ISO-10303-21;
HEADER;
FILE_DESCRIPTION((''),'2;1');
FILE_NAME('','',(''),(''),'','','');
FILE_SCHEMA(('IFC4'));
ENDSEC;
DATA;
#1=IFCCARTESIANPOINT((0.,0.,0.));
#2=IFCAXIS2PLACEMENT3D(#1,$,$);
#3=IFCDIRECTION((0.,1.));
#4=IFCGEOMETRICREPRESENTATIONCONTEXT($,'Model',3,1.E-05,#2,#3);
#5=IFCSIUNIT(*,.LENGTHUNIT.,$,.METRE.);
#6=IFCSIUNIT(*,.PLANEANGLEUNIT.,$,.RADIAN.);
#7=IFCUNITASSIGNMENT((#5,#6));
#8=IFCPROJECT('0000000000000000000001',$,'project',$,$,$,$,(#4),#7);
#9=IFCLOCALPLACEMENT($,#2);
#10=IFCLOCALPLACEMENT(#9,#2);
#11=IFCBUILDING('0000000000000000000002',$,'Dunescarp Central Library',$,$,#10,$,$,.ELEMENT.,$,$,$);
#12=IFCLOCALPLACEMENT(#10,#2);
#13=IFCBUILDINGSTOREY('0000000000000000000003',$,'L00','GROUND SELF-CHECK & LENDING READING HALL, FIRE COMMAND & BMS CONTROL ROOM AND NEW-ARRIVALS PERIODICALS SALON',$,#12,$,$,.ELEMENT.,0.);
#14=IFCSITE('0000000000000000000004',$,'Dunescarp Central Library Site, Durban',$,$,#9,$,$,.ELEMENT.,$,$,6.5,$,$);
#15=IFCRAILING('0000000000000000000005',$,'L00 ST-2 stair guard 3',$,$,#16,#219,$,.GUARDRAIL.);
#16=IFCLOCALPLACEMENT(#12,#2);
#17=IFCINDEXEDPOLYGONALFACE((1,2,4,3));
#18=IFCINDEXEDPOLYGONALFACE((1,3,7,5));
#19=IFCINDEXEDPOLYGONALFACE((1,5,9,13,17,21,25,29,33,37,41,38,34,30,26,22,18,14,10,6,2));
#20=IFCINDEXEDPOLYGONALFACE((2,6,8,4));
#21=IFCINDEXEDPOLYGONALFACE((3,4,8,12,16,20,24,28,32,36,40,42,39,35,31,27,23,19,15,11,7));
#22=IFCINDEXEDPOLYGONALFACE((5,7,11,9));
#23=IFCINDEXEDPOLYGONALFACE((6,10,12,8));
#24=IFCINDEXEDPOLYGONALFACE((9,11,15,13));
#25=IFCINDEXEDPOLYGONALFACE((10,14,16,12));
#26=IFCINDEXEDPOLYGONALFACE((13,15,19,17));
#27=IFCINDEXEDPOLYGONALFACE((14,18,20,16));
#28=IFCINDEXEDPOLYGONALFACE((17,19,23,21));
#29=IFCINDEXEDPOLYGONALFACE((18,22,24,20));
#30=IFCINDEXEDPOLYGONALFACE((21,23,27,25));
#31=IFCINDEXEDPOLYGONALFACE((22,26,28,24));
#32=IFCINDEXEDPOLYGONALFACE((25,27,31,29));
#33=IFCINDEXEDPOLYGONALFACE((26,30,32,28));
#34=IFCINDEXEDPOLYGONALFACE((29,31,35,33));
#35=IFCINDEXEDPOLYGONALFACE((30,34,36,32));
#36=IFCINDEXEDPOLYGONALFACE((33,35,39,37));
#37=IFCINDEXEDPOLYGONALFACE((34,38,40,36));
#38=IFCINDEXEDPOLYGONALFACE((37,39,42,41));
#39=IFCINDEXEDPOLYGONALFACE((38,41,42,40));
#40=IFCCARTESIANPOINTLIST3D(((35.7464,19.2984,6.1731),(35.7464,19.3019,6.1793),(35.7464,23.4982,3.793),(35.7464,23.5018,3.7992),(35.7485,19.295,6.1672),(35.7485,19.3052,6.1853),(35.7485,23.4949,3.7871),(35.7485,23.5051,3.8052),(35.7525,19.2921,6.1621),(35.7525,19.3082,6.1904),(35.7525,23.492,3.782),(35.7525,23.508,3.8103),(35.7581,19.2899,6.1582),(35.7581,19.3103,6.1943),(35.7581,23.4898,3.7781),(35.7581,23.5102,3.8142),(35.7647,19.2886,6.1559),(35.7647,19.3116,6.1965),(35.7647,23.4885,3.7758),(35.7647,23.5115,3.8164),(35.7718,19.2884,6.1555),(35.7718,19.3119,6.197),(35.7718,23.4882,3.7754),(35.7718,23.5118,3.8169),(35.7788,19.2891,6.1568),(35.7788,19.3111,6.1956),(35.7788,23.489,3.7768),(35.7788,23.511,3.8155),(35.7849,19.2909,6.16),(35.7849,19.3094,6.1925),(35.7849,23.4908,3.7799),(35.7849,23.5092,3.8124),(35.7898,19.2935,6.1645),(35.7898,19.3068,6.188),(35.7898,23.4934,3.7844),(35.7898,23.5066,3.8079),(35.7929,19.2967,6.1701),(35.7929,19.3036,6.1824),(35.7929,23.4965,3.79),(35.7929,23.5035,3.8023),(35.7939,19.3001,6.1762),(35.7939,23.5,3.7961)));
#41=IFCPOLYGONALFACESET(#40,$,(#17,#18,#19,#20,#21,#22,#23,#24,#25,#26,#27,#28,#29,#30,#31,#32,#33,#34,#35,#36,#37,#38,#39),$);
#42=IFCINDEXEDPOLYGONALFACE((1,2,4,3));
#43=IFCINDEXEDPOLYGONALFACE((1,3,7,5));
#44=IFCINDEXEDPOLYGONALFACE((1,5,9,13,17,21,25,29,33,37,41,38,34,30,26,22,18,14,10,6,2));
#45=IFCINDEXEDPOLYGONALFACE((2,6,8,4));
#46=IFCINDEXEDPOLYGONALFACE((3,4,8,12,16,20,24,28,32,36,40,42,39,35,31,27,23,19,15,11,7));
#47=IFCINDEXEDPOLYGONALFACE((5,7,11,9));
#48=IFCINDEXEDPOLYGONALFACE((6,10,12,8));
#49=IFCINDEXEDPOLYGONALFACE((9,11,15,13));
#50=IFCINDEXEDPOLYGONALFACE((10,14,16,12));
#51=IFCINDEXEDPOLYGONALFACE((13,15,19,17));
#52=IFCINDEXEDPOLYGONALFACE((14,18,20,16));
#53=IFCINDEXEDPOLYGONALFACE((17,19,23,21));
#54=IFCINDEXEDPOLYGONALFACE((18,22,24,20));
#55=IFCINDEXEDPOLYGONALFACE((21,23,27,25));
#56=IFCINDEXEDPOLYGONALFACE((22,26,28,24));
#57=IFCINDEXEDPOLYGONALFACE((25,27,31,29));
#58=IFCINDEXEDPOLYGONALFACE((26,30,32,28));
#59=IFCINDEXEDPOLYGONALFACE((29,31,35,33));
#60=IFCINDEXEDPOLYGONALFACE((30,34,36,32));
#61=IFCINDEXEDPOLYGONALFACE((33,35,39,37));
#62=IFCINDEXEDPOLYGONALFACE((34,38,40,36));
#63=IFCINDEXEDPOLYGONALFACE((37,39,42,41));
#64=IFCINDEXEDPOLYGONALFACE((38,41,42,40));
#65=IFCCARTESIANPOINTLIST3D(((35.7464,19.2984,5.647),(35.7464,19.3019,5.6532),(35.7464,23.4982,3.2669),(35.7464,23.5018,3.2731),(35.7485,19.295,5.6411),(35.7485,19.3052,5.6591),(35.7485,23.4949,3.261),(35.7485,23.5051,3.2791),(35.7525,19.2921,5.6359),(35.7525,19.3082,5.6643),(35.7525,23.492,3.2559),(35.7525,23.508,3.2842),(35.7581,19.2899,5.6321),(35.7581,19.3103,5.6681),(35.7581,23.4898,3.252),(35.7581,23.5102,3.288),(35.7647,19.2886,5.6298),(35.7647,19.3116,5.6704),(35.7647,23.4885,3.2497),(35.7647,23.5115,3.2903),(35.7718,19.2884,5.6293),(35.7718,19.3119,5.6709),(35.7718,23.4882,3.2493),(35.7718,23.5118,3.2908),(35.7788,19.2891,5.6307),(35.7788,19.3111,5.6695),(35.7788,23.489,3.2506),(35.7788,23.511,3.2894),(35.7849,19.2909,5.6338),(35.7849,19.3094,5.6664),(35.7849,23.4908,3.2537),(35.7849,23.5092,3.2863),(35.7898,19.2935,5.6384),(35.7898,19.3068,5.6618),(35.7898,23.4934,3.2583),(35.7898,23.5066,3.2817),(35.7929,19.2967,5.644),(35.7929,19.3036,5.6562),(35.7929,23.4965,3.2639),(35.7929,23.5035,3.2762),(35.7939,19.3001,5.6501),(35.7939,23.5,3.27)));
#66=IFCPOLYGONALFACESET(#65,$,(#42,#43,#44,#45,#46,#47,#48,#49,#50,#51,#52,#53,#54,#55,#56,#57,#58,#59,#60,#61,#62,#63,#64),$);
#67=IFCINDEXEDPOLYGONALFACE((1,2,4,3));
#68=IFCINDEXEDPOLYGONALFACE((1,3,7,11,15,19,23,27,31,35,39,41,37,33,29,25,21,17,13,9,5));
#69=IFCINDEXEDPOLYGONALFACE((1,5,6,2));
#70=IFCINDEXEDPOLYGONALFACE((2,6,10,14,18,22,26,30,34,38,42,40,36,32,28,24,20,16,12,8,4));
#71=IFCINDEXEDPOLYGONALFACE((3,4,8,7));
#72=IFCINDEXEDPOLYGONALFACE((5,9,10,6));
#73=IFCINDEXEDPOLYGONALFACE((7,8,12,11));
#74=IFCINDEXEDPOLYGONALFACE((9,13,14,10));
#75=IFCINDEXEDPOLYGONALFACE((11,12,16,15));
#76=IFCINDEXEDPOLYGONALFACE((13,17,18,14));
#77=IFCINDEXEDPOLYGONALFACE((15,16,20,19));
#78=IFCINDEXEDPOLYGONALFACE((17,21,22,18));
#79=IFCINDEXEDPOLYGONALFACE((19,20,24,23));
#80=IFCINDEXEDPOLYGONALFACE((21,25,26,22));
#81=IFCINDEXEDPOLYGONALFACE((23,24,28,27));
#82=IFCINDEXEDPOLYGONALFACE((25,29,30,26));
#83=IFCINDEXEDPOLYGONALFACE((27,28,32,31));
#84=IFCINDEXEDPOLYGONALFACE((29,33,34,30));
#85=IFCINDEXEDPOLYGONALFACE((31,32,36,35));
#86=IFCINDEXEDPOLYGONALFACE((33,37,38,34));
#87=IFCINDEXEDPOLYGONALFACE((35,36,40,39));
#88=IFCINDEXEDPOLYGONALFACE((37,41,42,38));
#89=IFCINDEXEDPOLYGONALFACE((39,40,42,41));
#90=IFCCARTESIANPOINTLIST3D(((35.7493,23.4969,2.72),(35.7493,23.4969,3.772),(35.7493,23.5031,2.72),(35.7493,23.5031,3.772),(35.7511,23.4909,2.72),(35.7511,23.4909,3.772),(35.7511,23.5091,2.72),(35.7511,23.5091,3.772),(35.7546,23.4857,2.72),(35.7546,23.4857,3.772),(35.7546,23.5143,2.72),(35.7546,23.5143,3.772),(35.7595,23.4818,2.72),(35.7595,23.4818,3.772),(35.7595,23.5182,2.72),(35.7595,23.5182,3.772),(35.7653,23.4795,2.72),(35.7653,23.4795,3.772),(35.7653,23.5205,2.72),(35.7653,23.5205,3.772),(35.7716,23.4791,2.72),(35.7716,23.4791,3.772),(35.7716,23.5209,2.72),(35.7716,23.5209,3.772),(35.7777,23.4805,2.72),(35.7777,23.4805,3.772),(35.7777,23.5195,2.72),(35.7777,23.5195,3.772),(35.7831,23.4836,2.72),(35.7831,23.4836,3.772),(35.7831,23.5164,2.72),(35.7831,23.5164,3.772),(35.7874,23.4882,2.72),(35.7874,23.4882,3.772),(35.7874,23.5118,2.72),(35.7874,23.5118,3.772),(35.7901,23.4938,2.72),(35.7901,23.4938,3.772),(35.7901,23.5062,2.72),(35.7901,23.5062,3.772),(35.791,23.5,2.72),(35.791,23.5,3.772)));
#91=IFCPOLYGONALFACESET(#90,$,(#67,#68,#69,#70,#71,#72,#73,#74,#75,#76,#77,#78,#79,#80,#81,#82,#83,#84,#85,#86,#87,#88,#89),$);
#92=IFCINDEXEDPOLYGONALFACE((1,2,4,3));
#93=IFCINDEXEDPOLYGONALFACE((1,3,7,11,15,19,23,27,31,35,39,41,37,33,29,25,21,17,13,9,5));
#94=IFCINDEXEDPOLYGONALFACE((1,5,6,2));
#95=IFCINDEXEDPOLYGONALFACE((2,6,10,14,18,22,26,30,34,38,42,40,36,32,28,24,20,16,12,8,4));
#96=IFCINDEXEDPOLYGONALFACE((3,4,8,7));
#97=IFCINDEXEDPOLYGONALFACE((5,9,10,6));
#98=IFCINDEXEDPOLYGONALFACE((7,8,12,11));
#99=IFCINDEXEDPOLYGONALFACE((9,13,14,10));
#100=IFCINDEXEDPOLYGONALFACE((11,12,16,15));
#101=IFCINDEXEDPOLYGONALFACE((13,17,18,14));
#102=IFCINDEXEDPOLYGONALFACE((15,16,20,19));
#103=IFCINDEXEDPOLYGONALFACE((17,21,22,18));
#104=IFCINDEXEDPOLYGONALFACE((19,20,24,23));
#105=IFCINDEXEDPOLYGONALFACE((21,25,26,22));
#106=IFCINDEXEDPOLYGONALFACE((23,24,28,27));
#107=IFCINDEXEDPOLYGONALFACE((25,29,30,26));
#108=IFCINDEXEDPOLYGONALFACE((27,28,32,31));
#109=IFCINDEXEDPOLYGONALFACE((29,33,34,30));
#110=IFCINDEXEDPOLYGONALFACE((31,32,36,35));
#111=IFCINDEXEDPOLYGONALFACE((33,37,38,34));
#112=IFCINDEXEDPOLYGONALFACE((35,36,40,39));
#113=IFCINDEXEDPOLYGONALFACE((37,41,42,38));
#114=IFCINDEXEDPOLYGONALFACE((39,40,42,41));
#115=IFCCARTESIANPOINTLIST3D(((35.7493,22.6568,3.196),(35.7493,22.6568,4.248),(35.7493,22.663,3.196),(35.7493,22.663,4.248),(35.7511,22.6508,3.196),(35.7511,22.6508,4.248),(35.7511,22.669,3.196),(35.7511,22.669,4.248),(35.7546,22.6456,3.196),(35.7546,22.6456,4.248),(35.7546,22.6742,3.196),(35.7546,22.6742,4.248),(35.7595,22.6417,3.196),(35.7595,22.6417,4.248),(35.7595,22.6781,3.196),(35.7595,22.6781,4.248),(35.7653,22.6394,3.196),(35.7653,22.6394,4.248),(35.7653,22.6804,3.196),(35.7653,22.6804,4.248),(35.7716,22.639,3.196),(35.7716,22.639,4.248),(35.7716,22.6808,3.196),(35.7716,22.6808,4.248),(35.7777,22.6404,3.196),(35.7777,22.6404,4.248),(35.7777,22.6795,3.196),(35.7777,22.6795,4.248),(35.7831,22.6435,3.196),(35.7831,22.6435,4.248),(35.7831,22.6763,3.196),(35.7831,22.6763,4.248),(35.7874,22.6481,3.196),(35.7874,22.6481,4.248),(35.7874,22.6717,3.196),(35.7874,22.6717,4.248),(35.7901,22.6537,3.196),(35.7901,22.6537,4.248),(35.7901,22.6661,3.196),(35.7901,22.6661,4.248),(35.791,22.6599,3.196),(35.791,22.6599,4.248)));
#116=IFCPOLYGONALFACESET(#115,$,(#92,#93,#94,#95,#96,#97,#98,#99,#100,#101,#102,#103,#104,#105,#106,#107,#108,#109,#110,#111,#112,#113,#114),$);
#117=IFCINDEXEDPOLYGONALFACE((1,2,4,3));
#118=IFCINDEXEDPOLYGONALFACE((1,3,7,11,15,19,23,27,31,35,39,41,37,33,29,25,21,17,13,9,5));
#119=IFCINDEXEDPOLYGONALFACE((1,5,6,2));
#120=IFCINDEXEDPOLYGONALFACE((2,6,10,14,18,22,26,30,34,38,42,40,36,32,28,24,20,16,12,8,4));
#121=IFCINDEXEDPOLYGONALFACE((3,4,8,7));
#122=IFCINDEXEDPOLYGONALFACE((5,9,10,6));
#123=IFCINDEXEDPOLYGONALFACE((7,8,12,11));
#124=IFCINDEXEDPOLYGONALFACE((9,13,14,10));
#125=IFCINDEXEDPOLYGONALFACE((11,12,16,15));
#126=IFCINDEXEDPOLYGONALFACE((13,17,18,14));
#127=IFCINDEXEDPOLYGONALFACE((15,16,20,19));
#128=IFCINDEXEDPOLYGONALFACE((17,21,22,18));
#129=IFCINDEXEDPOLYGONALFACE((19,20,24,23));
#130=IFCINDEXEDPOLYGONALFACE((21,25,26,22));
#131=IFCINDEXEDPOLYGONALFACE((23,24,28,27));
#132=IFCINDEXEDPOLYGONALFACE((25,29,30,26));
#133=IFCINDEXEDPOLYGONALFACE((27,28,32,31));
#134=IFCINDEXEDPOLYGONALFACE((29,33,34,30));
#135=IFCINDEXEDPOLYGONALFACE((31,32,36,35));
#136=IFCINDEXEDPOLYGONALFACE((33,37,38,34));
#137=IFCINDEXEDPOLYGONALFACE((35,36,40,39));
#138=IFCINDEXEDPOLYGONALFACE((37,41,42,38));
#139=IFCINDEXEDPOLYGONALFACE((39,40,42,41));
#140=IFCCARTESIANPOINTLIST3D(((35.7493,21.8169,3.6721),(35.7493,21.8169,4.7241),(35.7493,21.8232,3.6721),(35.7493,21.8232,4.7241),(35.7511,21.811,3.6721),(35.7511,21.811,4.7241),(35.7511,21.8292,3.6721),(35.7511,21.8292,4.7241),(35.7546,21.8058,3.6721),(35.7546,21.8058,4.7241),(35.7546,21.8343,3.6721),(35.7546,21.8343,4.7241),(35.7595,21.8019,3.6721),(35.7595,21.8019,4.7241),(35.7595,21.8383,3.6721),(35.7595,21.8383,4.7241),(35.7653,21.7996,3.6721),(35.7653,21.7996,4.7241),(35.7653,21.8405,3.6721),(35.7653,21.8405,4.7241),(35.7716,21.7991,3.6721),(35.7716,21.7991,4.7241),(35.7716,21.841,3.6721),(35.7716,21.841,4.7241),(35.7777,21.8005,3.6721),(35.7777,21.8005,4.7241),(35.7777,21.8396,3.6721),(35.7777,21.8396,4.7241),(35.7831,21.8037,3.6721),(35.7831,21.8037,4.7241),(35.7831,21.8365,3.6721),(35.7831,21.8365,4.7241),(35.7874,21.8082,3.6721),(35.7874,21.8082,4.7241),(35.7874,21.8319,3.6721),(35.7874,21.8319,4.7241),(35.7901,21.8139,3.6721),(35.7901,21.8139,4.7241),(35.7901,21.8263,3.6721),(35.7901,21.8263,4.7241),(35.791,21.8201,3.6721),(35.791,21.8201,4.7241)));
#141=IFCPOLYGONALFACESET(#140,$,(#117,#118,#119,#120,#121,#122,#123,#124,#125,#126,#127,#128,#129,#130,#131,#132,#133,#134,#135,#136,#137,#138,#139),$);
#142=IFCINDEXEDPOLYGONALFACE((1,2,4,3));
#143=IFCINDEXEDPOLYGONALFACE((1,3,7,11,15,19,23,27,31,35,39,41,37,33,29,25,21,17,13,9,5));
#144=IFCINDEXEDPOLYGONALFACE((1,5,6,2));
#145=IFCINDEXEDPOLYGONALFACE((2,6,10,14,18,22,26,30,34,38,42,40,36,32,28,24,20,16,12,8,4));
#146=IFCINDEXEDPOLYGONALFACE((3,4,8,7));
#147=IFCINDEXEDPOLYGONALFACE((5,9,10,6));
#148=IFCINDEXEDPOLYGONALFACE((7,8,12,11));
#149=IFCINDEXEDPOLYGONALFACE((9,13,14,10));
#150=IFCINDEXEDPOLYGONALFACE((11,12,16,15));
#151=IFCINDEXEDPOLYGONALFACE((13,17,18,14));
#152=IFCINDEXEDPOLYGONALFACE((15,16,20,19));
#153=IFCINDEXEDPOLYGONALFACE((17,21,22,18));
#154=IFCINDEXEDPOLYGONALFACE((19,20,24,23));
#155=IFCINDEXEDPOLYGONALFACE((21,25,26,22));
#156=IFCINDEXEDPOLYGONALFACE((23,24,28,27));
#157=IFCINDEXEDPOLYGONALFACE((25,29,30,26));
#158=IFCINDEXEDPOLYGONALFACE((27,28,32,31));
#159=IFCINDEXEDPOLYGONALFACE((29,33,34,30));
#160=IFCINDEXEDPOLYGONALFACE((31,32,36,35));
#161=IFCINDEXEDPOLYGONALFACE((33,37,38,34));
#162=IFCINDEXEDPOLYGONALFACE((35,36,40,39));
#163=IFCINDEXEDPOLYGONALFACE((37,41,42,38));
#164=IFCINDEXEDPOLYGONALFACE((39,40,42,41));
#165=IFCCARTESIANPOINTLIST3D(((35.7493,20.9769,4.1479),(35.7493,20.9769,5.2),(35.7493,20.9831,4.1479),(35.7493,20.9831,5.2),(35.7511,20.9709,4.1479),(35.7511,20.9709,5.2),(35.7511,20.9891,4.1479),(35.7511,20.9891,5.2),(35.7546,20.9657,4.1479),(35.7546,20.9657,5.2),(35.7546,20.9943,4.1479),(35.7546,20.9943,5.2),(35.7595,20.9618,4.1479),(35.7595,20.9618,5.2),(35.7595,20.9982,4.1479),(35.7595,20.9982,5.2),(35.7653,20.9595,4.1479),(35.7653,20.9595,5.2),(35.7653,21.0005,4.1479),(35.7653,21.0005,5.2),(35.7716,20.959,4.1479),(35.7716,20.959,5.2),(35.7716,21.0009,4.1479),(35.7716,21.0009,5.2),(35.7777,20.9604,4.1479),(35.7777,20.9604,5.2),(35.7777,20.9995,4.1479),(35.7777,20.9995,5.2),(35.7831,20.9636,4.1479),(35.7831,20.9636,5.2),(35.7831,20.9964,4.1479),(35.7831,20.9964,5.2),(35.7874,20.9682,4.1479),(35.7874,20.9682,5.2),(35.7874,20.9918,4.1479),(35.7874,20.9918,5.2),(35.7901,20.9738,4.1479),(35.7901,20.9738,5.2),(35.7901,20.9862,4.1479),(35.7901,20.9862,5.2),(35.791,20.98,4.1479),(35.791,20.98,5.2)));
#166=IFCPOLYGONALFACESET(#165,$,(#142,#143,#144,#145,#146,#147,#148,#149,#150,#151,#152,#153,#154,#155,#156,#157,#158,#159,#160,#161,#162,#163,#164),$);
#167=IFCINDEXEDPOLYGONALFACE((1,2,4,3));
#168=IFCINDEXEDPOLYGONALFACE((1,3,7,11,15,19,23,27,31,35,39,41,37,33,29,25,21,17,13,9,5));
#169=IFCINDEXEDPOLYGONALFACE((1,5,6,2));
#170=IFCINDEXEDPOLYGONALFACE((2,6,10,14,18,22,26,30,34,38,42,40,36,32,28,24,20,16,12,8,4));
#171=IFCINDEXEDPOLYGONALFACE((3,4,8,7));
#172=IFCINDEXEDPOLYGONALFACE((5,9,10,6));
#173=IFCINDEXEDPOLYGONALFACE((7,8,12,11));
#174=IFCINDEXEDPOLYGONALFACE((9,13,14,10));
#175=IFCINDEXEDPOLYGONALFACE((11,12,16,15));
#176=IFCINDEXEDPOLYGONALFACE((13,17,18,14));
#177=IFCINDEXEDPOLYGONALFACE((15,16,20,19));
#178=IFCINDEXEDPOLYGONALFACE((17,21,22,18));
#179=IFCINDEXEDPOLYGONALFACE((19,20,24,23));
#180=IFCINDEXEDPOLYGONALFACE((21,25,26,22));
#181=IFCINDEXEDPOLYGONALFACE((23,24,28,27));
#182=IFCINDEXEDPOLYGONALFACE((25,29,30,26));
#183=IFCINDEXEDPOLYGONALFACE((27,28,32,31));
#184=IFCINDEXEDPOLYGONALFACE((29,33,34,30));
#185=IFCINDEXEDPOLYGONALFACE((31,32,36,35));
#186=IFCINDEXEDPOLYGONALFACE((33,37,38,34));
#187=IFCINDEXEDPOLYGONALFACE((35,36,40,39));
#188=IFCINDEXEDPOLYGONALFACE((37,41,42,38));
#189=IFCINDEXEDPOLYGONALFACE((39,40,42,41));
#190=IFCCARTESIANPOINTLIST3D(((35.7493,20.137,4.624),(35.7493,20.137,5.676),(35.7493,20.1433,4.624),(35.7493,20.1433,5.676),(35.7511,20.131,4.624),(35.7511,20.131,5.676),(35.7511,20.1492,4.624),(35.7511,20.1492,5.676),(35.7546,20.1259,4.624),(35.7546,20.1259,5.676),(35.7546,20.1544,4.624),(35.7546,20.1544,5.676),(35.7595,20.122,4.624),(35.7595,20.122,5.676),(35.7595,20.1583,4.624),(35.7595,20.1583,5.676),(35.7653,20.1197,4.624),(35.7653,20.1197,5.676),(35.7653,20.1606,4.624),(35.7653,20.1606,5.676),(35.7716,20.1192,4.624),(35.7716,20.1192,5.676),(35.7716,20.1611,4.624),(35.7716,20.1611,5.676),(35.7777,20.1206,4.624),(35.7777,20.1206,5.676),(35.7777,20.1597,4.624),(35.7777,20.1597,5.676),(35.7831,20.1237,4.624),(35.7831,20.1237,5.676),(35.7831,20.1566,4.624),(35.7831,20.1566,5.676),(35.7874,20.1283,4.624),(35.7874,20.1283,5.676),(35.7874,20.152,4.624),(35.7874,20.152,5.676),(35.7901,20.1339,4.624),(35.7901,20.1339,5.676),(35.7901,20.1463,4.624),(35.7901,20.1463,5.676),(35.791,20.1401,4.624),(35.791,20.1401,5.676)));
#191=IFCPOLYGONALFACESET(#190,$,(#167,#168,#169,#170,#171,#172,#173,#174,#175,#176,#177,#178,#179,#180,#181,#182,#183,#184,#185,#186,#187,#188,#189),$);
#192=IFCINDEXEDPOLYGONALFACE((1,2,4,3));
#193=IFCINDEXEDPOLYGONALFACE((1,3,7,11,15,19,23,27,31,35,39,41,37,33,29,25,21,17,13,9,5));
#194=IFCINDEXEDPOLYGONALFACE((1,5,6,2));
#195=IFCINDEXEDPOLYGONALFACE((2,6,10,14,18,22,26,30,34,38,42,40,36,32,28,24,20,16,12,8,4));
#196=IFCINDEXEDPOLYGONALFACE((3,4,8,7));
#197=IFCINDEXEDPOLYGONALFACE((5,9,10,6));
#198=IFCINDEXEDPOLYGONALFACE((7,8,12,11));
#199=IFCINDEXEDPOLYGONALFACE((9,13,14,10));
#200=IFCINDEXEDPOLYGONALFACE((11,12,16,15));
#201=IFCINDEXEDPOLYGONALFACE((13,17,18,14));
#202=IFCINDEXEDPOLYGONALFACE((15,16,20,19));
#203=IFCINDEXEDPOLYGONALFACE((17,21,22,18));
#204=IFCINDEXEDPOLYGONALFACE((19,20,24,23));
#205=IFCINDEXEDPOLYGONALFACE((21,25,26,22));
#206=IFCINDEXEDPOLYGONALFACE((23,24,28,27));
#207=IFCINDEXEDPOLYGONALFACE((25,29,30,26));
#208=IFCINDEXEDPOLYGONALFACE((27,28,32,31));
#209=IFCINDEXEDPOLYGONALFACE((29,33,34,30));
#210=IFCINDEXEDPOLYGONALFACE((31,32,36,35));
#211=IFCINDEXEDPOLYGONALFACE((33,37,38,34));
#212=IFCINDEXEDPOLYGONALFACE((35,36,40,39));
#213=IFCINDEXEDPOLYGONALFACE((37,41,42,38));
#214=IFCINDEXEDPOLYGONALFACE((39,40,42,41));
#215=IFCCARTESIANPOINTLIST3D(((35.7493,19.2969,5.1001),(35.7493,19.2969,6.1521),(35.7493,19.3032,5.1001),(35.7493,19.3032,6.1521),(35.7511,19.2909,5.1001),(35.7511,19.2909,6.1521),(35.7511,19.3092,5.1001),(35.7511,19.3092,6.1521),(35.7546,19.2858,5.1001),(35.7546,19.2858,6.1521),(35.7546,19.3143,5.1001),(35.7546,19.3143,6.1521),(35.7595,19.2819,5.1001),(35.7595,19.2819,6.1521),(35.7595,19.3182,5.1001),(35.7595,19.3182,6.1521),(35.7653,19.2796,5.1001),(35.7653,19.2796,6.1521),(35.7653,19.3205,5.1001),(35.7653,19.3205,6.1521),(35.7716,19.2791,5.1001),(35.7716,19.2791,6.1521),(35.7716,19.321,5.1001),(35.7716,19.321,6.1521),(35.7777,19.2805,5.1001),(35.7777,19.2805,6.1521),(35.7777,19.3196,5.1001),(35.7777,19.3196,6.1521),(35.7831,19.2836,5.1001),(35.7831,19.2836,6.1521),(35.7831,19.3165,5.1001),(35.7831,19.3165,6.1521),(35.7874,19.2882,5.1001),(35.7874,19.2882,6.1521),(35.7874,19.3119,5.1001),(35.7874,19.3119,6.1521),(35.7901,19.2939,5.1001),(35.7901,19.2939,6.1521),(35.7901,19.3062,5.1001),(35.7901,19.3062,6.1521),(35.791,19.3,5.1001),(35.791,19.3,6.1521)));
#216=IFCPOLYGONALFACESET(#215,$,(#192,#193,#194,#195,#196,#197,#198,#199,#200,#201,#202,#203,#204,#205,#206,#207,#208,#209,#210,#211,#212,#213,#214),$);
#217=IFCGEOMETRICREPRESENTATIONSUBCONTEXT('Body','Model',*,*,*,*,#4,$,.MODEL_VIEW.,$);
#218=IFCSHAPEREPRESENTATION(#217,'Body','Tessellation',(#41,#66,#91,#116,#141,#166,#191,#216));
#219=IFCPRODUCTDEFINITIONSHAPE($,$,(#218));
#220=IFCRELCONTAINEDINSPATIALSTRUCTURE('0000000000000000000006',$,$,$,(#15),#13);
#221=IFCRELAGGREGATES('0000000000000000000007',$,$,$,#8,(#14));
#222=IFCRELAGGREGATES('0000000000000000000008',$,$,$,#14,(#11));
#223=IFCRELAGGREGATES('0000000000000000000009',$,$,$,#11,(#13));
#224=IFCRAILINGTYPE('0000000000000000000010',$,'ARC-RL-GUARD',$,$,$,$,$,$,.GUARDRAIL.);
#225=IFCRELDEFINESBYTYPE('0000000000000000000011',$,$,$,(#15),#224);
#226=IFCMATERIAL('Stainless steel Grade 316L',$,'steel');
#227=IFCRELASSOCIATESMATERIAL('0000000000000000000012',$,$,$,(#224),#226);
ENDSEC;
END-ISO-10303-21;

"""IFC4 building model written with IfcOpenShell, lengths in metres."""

from ifc_helpers import new_model, si_unit, direction, frame, origin, origin_2d, place, context, subcontext, project, spatial, circle, extrude, material, type_object, element, save


model = new_model("IFC4")

# Units and contexts
model_context = context("Model", 3, precision=1e-05, world=origin(), true_north=direction((0.0, 1.0)))
body_context = subcontext(model_context, "Body", "Model", "MODEL_VIEW")
ifc_project = project(units=[si_unit("LENGTHUNIT", "METRE"), si_unit("PLANEANGLEUNIT", "RADIAN")], contexts=[model_context])

# Site, building, storey
site_placement = place(None, origin())
site = spatial("IfcSite", under=ifc_project, at=site_placement, Name="Dunescarp Central Library Site, Durban", CompositionType="ELEMENT", RefElevation=6.5)
building_placement = place(site_placement, origin())
building = spatial("IfcBuilding", under=site, at=building_placement, Name="Dunescarp Central Library", CompositionType="ELEMENT")
storey_placement = place(building_placement, origin())
storey = spatial("IfcBuildingStorey", under=building, at=storey_placement, Name="L00", Description="GROUND SELF-CHECK & LENDING READING HALL, FIRE COMMAND & BMS CONTROL ROOM AND NEW-ARRIVALS PERIODICALS SALON", CompositionType="ELEMENT", Elevation=0.0)

# Railing
ifc_material_1 = material(Name="Stainless steel Grade 316L", Category="steel")
railing_type_1 = type_object("IfcRailingType", Name="ARC-RL-GUARD", PredefinedType="GUARDRAIL", material=ifc_material_1)
railing_1_placement = place(storey_placement, frame((35.77, 23.5, 2.72)))
element("IfcRailing", 1, at=railing_1_placement, inside=storey, type_object=railing_type_1, Name="L00 ST-2 stair guard 3", PredefinedType="GUARDRAIL", context=body_context, shape_type="SweptSolid", body=[
    extrude(circle(Radius=0.0239, at=origin_2d()), frame((0.0, 0.0, 1.0762), z_axis=(0.0, -0.870008, 0.493037), x_axis=(1.0, 0.0, 0.0)), (0.0, 0.0, 1.0), 4.8274),
    extrude(circle(Radius=0.0239, at=origin_2d()), frame((0.0, 0.0, 0.55), z_axis=(0.0, -0.870008, 0.493037), x_axis=(1.0, 0.0, 0.0)), (0.0, 0.0, 1.0), 4.8274),
    extrude(circle(Radius=0.021, at=origin_2d()), origin(), (0.0, 0.0, 1.0), 1.052),
    extrude(circle(Radius=0.021, at=origin_2d()), frame((0.0, -0.8401, 0.4761)), (0.0, 0.0, 1.0), 1.052),
    extrude(circle(Radius=0.021, at=origin_2d()), frame((0.0, -1.6799, 0.9521)), (0.0, 0.0, 1.0), 1.052),
    extrude(circle(Radius=0.021, at=origin_2d()), frame((0.0, -2.52, 1.428)), (0.0, 0.0, 1.0), 1.052),
    extrude(circle(Radius=0.021, at=origin_2d()), frame((0.0, -3.3599, 1.9041)), (0.0, 0.0, 1.0), 1.052),
    extrude(circle(Radius=0.021, at=origin_2d()), frame((0.0, -4.2, 2.3801)), (0.0, 0.0, 1.0), 1.052),
])

save(model, "model.ifc")
